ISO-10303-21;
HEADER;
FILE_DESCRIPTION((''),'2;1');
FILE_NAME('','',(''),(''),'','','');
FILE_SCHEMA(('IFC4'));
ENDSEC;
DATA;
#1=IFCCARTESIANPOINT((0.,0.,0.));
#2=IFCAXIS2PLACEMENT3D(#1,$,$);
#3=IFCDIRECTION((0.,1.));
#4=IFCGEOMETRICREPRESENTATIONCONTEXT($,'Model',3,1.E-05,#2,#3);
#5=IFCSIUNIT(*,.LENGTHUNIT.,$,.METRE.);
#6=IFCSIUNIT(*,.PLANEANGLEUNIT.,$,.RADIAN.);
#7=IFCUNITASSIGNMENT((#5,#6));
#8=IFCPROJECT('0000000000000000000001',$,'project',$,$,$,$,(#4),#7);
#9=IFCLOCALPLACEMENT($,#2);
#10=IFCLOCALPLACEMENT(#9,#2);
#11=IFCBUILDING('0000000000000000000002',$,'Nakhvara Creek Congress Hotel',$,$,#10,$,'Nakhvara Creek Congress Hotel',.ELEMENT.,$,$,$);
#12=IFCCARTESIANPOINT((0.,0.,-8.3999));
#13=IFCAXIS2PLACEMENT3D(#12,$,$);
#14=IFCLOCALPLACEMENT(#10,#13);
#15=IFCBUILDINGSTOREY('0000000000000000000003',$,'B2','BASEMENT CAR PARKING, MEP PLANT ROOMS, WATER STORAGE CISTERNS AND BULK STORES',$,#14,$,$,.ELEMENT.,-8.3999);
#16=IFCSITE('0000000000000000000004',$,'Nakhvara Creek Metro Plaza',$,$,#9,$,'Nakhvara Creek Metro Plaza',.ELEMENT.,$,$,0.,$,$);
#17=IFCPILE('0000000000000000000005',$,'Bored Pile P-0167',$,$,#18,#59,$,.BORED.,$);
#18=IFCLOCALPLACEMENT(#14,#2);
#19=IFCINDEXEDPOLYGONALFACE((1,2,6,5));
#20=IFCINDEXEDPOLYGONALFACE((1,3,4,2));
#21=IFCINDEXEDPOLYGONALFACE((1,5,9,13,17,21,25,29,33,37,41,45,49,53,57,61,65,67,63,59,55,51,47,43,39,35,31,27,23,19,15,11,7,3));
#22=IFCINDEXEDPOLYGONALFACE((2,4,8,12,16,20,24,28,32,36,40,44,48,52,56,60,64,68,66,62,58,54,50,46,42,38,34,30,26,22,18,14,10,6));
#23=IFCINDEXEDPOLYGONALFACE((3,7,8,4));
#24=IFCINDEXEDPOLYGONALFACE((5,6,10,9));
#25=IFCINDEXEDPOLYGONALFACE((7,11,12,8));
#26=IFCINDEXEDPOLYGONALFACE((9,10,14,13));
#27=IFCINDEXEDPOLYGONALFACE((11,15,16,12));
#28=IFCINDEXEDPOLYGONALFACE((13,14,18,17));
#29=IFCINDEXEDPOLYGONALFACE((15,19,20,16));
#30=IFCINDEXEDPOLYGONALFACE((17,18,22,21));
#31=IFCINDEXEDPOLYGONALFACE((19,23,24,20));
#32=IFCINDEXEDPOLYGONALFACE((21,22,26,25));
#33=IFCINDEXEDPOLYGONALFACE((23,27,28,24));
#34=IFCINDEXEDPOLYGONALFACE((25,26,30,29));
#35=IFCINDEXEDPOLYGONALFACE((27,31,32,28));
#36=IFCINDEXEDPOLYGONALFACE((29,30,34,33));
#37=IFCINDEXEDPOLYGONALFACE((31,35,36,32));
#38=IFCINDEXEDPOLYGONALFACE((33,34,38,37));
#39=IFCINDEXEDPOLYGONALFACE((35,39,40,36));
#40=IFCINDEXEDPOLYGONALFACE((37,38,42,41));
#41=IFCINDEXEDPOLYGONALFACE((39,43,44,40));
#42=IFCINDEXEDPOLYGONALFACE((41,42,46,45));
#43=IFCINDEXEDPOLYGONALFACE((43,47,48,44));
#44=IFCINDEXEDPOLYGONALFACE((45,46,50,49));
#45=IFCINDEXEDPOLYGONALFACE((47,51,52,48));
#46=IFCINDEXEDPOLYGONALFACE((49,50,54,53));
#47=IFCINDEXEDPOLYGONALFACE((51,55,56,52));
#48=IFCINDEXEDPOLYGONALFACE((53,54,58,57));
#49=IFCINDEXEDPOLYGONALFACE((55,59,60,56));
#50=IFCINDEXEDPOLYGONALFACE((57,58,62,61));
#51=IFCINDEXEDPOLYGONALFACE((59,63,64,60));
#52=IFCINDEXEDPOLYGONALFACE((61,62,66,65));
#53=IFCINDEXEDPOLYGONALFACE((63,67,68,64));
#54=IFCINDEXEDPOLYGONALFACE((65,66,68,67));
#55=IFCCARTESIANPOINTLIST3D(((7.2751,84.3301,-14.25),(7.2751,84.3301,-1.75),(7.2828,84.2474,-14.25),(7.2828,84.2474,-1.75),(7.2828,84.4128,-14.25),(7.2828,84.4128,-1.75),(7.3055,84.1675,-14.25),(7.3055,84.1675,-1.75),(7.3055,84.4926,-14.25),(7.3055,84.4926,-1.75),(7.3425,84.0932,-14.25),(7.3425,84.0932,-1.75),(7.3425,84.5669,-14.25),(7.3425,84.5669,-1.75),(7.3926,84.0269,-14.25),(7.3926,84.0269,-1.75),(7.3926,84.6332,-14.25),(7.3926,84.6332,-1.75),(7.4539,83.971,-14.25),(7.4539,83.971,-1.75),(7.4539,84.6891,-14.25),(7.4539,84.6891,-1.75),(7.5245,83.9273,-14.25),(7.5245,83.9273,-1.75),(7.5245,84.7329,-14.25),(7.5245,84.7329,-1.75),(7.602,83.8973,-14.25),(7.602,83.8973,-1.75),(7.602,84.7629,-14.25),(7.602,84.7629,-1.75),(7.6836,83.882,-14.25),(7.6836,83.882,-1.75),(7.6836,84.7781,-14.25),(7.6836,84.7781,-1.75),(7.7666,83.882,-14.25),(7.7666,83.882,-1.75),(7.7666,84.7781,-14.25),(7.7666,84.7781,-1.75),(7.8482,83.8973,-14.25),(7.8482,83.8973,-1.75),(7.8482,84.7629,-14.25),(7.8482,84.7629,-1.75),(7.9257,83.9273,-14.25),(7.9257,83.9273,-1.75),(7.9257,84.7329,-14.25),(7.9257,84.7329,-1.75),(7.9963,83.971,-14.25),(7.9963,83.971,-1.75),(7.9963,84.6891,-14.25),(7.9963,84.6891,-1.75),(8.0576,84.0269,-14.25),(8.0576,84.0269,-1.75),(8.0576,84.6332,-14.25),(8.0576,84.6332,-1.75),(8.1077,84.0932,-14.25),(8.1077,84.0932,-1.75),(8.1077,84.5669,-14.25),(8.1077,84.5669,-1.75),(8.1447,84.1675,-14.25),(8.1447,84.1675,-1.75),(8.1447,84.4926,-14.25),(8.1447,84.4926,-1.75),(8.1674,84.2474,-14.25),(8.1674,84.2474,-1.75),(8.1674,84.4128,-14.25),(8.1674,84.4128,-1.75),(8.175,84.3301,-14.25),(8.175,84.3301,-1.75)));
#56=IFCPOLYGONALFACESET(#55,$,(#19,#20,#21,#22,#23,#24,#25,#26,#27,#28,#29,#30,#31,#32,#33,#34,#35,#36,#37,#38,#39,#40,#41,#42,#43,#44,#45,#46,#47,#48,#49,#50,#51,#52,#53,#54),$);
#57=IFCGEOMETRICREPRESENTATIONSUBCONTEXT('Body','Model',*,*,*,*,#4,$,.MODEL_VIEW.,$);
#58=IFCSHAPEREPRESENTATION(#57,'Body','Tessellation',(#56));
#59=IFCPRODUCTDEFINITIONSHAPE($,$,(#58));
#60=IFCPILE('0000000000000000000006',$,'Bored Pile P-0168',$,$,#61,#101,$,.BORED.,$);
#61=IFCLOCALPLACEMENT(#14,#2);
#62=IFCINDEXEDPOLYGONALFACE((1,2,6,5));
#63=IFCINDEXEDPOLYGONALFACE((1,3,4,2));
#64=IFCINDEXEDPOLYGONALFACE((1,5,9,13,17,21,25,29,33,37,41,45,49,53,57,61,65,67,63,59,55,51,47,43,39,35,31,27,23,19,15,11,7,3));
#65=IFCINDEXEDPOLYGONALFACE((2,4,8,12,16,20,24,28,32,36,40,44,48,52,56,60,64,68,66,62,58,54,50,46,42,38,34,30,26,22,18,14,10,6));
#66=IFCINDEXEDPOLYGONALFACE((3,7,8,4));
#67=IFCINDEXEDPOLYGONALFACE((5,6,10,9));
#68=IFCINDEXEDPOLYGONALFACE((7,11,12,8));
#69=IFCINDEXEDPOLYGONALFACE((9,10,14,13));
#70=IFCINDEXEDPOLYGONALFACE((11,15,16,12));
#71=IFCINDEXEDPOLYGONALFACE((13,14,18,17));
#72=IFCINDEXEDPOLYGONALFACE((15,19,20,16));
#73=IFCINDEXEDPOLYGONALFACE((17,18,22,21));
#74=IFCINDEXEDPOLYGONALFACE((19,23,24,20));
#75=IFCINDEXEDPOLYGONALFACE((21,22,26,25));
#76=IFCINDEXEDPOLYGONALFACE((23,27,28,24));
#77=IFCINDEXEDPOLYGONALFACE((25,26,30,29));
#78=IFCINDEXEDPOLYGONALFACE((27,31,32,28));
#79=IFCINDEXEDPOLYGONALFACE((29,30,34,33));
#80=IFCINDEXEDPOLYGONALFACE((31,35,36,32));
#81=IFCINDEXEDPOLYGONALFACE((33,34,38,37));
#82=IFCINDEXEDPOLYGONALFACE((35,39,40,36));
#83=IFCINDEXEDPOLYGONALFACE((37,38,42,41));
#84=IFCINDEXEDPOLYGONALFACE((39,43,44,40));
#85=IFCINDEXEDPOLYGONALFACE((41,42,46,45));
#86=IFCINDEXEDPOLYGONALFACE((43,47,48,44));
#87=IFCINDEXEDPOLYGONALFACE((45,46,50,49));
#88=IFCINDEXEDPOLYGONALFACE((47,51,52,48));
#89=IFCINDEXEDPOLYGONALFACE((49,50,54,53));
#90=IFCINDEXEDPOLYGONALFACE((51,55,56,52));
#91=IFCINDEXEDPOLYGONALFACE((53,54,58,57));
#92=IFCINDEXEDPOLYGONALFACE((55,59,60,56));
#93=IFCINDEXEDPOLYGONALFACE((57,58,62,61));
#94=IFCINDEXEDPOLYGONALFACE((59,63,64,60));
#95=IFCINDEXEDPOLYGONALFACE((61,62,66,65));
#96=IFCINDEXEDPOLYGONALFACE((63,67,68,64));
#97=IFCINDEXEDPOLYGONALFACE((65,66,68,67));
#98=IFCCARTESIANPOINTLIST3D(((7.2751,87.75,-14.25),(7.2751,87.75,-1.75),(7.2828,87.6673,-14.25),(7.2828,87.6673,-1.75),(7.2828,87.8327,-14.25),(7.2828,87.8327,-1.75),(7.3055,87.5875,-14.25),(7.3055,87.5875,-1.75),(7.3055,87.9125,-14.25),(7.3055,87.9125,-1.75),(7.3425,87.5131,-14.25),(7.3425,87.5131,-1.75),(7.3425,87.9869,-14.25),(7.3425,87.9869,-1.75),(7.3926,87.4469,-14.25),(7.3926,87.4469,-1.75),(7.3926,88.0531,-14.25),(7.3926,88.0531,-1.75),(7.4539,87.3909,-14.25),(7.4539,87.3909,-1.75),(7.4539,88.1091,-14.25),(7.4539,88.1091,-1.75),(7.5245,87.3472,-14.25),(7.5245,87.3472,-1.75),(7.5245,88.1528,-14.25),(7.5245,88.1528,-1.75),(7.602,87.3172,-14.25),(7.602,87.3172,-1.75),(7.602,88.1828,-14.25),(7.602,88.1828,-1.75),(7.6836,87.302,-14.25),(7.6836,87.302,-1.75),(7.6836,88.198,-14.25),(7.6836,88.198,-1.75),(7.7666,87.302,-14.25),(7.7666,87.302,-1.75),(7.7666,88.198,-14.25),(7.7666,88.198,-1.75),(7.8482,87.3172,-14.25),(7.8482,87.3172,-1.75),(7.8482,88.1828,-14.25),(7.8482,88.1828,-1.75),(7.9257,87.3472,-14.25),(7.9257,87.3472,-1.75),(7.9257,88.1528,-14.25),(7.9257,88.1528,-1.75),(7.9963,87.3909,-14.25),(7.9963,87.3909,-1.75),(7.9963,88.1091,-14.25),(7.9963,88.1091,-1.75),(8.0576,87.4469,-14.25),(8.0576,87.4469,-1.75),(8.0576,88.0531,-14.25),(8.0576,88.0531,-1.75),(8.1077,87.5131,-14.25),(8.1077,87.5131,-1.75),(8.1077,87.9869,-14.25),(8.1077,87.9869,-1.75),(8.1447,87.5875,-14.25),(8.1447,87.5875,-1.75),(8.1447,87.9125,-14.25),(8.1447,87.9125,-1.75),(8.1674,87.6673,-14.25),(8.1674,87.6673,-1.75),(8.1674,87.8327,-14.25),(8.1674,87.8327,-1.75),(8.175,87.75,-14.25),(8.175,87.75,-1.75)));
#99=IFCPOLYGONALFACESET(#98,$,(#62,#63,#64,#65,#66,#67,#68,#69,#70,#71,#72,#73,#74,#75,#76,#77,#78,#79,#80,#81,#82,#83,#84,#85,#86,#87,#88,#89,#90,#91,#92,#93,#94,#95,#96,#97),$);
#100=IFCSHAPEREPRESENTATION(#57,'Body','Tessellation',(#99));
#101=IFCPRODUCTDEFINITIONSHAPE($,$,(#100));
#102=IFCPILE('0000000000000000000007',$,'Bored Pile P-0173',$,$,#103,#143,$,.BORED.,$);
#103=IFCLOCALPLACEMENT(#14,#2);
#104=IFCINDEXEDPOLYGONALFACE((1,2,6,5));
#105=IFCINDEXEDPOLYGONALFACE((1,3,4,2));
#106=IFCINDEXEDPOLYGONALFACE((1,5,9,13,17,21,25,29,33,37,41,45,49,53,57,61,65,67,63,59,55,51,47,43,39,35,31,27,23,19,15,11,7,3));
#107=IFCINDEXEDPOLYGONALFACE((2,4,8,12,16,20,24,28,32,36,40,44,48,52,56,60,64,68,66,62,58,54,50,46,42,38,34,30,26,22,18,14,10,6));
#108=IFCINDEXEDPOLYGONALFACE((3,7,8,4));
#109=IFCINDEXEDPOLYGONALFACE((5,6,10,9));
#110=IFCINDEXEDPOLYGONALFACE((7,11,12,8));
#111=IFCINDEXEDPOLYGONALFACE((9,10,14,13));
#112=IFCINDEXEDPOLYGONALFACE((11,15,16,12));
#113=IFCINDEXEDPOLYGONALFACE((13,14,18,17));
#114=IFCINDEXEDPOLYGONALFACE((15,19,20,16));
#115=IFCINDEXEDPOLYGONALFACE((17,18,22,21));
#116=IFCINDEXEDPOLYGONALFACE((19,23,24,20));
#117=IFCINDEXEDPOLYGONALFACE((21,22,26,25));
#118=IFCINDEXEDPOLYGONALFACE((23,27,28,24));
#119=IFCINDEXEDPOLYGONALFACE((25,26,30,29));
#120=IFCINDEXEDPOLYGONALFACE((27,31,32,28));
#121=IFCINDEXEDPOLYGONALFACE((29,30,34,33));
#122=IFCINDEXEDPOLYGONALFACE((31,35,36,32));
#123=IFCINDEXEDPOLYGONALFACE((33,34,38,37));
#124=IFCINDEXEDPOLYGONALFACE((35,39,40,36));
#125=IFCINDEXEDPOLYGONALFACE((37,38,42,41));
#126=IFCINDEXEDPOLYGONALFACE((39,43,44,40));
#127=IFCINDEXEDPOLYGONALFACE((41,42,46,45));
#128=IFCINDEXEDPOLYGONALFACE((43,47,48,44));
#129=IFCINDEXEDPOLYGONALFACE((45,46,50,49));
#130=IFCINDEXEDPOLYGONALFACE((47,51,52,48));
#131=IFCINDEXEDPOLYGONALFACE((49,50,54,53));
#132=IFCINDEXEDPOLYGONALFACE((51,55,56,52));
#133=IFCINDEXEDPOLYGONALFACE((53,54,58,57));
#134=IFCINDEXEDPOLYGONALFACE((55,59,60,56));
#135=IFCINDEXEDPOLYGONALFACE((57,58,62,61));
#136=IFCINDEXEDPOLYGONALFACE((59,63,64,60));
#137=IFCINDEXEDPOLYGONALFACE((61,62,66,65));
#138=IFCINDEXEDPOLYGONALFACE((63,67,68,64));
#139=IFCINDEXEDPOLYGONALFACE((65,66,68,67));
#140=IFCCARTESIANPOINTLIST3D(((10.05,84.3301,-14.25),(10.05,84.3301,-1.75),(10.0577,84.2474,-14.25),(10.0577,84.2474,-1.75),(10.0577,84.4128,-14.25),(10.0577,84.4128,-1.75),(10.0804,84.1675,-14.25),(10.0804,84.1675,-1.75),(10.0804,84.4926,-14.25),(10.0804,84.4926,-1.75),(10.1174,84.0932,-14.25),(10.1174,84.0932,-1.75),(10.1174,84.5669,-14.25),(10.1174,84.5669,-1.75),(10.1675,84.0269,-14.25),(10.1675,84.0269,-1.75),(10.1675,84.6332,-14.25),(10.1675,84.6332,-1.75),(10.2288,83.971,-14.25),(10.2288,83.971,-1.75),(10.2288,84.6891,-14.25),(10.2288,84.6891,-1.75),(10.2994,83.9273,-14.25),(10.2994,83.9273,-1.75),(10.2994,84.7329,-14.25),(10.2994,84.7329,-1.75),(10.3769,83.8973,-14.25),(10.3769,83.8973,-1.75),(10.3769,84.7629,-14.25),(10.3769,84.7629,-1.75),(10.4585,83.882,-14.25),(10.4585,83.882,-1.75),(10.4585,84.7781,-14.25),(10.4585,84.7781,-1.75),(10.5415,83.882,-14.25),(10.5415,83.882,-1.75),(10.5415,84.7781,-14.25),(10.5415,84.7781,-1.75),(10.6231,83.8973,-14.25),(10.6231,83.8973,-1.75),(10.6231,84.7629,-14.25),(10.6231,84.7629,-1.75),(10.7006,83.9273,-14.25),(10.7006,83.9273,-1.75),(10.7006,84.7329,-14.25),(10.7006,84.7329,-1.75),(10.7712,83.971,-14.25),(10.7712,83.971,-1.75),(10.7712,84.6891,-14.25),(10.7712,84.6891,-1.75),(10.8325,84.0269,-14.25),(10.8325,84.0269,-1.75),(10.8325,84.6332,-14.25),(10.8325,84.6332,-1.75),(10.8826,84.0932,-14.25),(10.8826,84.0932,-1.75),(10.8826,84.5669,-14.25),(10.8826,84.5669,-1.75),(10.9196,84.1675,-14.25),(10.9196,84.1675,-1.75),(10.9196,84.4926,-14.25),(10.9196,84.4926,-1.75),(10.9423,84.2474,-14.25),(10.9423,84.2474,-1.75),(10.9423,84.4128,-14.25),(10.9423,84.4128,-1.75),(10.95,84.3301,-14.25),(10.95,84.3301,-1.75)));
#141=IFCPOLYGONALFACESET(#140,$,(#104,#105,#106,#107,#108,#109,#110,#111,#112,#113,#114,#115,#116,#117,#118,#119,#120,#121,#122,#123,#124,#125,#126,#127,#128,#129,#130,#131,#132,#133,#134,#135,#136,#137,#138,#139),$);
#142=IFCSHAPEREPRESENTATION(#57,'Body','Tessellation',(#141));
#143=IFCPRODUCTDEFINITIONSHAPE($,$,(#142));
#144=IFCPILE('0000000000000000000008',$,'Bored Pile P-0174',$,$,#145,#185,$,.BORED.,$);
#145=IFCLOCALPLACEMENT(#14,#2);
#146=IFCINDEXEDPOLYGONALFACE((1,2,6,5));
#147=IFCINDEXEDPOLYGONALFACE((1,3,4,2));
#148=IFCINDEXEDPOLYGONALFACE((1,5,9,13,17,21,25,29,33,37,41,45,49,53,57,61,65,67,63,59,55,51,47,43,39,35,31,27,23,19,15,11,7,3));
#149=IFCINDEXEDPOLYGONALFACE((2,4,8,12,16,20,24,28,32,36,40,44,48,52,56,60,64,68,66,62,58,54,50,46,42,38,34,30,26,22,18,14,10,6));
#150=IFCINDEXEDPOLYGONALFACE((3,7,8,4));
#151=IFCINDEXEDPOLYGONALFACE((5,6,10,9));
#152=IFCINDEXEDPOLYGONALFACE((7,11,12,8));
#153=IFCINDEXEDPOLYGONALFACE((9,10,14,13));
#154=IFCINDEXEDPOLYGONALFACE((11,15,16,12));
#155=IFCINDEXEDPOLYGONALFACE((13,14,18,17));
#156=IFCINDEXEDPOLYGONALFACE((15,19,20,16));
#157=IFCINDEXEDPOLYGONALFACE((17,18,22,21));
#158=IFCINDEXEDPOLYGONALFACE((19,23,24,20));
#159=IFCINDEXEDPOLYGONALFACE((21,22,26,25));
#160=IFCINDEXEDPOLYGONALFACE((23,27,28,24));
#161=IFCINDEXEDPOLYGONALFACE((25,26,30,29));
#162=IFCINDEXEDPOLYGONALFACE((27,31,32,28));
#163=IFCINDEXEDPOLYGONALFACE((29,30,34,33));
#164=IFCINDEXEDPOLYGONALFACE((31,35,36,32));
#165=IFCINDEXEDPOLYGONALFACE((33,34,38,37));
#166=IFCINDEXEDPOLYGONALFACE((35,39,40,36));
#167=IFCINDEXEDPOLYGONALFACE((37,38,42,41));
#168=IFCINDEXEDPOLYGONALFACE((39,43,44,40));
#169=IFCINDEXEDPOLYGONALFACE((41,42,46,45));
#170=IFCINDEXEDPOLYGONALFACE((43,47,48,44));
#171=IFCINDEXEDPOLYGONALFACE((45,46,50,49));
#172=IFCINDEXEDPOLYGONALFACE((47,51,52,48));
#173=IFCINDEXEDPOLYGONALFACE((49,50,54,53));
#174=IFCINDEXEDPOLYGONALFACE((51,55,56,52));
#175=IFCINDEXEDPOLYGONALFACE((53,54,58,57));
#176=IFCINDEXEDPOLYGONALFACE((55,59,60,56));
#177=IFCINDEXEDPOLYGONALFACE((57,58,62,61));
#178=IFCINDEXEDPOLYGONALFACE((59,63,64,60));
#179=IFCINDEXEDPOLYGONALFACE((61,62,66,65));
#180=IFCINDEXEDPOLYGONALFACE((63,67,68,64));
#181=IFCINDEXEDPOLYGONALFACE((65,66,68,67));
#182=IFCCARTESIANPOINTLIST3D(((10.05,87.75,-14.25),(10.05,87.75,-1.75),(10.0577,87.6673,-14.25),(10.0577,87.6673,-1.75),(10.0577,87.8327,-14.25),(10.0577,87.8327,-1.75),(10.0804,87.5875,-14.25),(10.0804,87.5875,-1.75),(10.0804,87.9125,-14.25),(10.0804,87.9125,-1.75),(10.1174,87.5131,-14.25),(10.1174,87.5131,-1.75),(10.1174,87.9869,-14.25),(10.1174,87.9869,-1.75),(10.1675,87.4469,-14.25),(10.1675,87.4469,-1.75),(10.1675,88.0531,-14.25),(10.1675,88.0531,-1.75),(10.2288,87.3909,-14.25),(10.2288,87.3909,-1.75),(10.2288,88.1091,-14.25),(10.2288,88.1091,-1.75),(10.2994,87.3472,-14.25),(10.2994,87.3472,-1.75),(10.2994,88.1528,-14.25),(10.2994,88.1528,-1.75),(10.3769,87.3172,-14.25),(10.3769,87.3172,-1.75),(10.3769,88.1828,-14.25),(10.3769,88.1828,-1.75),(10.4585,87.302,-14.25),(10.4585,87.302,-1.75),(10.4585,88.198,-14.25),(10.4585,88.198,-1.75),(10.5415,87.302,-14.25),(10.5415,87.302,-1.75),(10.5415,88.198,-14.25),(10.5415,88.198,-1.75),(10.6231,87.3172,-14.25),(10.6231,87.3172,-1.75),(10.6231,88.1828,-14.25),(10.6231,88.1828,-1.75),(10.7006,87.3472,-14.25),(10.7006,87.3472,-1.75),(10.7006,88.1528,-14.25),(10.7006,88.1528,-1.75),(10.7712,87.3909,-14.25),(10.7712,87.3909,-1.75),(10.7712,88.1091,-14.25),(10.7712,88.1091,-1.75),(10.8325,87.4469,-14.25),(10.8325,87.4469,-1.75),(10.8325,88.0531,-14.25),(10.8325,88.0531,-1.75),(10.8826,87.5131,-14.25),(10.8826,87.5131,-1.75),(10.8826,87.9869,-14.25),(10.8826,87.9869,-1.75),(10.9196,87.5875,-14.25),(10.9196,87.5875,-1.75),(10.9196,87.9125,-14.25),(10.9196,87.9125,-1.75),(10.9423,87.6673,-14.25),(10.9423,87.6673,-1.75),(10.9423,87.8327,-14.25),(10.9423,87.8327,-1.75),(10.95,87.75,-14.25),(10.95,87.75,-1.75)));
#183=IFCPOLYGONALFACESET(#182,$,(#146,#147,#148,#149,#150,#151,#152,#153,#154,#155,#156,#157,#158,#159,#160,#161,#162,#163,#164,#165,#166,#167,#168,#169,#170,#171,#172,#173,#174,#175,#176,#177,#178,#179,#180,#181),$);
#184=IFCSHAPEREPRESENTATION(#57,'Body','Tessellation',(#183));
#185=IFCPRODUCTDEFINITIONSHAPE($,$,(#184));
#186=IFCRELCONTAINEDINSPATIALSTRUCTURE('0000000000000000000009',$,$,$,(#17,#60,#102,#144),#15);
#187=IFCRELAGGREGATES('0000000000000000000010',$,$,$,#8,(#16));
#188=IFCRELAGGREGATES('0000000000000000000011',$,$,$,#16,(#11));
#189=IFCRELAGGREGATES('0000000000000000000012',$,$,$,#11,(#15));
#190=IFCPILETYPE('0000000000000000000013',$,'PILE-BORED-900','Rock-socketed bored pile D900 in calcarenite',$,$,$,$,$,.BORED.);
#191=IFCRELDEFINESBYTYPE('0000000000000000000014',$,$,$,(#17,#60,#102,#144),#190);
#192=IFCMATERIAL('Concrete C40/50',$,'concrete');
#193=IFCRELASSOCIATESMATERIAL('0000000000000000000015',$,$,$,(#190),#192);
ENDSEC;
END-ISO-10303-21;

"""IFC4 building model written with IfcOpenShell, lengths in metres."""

from ifc_helpers import new_model, si_unit, direction, frame, origin, origin_2d, place, context, subcontext, project, spatial, circle, extrude, material, material_profile, profile_set, type_object, element, save


model = new_model("IFC4")

# Units and contexts
model_context = context("Model", 3, precision=1e-05, world=origin(), true_north=direction((0.0, 1.0)))
body_context = subcontext(model_context, "Body", "Model", "MODEL_VIEW")
ifc_project = project(units=[si_unit("LENGTHUNIT", "METRE"), si_unit("PLANEANGLEUNIT", "RADIAN")], contexts=[model_context])

# Site, building, storey
site_placement = place(None, origin())
site = spatial("IfcSite", under=ifc_project, at=site_placement, Name="Nakhvara Creek Metro Plaza", LongName="Nakhvara Creek Metro Plaza", CompositionType="ELEMENT", RefElevation=0.0)
building_placement = place(site_placement, origin())
building = spatial("IfcBuilding", under=site, at=building_placement, Name="Nakhvara Creek Congress Hotel", LongName="Nakhvara Creek Congress Hotel", CompositionType="ELEMENT")
storey_placement = place(building_placement, frame((0.0, 0.0, -8.3999)))
storey = spatial("IfcBuildingStorey", under=building, at=storey_placement, Name="B2", Description="BASEMENT CAR PARKING, MEP PLANT ROOMS, WATER STORAGE CISTERNS AND BULK STORES", CompositionType="ELEMENT", Elevation=-8.3999)

# Piles
ifc_material_1 = material(Name="Concrete C40/50", Category="concrete")
ifc_material_profile_1 = material_profile(ifc_material_1, circle(Radius=0.45, at=origin_2d()), Name="BORED PILE D900", Category="LoadBearing")
ifc_profile_set_1 = profile_set([ifc_material_profile_1], Name="Concrete C40/50")
pile_type = type_object("IfcPileType", Name="PILE-BORED-900", Description="Rock-socketed bored pile D900 in calcarenite", PredefinedType="BORED", material=ifc_profile_set_1)
for number, where, z_axis, x_axis, name in (
    (1, (7.7251, 84.3301, -1.75), (0.0, 0.0, -1.0), (1.0, 0.0, 0.0), "Bored Pile P-0167"),
    (2, (7.7251, 87.75, -1.75), (0.0, 0.0, -1.0), (1.0, 0.0, 0.0), "Bored Pile P-0168"),
    (3, (10.5, 84.3301, -1.75), (0.0, 0.0, -1.0), (1.0, 0.0, 0.0), "Bored Pile P-0173"),
    (4, (10.5, 87.75, -1.75), (0.0, 0.0, -1.0), (1.0, 0.0, 0.0), "Bored Pile P-0174"),
):
    element("IfcPile", number, at=place(storey_placement, frame(where, z_axis=z_axis, x_axis=x_axis)), inside=storey, type_object=pile_type, Name=name, PredefinedType="BORED", context=body_context, shape_type="SweptSolid", body=[
        extrude(circle(Radius=0.45, at=origin_2d()), origin(), (0.0, 0.0, 1.0), 12.5),
    ])

save(model, "model.ifc")
